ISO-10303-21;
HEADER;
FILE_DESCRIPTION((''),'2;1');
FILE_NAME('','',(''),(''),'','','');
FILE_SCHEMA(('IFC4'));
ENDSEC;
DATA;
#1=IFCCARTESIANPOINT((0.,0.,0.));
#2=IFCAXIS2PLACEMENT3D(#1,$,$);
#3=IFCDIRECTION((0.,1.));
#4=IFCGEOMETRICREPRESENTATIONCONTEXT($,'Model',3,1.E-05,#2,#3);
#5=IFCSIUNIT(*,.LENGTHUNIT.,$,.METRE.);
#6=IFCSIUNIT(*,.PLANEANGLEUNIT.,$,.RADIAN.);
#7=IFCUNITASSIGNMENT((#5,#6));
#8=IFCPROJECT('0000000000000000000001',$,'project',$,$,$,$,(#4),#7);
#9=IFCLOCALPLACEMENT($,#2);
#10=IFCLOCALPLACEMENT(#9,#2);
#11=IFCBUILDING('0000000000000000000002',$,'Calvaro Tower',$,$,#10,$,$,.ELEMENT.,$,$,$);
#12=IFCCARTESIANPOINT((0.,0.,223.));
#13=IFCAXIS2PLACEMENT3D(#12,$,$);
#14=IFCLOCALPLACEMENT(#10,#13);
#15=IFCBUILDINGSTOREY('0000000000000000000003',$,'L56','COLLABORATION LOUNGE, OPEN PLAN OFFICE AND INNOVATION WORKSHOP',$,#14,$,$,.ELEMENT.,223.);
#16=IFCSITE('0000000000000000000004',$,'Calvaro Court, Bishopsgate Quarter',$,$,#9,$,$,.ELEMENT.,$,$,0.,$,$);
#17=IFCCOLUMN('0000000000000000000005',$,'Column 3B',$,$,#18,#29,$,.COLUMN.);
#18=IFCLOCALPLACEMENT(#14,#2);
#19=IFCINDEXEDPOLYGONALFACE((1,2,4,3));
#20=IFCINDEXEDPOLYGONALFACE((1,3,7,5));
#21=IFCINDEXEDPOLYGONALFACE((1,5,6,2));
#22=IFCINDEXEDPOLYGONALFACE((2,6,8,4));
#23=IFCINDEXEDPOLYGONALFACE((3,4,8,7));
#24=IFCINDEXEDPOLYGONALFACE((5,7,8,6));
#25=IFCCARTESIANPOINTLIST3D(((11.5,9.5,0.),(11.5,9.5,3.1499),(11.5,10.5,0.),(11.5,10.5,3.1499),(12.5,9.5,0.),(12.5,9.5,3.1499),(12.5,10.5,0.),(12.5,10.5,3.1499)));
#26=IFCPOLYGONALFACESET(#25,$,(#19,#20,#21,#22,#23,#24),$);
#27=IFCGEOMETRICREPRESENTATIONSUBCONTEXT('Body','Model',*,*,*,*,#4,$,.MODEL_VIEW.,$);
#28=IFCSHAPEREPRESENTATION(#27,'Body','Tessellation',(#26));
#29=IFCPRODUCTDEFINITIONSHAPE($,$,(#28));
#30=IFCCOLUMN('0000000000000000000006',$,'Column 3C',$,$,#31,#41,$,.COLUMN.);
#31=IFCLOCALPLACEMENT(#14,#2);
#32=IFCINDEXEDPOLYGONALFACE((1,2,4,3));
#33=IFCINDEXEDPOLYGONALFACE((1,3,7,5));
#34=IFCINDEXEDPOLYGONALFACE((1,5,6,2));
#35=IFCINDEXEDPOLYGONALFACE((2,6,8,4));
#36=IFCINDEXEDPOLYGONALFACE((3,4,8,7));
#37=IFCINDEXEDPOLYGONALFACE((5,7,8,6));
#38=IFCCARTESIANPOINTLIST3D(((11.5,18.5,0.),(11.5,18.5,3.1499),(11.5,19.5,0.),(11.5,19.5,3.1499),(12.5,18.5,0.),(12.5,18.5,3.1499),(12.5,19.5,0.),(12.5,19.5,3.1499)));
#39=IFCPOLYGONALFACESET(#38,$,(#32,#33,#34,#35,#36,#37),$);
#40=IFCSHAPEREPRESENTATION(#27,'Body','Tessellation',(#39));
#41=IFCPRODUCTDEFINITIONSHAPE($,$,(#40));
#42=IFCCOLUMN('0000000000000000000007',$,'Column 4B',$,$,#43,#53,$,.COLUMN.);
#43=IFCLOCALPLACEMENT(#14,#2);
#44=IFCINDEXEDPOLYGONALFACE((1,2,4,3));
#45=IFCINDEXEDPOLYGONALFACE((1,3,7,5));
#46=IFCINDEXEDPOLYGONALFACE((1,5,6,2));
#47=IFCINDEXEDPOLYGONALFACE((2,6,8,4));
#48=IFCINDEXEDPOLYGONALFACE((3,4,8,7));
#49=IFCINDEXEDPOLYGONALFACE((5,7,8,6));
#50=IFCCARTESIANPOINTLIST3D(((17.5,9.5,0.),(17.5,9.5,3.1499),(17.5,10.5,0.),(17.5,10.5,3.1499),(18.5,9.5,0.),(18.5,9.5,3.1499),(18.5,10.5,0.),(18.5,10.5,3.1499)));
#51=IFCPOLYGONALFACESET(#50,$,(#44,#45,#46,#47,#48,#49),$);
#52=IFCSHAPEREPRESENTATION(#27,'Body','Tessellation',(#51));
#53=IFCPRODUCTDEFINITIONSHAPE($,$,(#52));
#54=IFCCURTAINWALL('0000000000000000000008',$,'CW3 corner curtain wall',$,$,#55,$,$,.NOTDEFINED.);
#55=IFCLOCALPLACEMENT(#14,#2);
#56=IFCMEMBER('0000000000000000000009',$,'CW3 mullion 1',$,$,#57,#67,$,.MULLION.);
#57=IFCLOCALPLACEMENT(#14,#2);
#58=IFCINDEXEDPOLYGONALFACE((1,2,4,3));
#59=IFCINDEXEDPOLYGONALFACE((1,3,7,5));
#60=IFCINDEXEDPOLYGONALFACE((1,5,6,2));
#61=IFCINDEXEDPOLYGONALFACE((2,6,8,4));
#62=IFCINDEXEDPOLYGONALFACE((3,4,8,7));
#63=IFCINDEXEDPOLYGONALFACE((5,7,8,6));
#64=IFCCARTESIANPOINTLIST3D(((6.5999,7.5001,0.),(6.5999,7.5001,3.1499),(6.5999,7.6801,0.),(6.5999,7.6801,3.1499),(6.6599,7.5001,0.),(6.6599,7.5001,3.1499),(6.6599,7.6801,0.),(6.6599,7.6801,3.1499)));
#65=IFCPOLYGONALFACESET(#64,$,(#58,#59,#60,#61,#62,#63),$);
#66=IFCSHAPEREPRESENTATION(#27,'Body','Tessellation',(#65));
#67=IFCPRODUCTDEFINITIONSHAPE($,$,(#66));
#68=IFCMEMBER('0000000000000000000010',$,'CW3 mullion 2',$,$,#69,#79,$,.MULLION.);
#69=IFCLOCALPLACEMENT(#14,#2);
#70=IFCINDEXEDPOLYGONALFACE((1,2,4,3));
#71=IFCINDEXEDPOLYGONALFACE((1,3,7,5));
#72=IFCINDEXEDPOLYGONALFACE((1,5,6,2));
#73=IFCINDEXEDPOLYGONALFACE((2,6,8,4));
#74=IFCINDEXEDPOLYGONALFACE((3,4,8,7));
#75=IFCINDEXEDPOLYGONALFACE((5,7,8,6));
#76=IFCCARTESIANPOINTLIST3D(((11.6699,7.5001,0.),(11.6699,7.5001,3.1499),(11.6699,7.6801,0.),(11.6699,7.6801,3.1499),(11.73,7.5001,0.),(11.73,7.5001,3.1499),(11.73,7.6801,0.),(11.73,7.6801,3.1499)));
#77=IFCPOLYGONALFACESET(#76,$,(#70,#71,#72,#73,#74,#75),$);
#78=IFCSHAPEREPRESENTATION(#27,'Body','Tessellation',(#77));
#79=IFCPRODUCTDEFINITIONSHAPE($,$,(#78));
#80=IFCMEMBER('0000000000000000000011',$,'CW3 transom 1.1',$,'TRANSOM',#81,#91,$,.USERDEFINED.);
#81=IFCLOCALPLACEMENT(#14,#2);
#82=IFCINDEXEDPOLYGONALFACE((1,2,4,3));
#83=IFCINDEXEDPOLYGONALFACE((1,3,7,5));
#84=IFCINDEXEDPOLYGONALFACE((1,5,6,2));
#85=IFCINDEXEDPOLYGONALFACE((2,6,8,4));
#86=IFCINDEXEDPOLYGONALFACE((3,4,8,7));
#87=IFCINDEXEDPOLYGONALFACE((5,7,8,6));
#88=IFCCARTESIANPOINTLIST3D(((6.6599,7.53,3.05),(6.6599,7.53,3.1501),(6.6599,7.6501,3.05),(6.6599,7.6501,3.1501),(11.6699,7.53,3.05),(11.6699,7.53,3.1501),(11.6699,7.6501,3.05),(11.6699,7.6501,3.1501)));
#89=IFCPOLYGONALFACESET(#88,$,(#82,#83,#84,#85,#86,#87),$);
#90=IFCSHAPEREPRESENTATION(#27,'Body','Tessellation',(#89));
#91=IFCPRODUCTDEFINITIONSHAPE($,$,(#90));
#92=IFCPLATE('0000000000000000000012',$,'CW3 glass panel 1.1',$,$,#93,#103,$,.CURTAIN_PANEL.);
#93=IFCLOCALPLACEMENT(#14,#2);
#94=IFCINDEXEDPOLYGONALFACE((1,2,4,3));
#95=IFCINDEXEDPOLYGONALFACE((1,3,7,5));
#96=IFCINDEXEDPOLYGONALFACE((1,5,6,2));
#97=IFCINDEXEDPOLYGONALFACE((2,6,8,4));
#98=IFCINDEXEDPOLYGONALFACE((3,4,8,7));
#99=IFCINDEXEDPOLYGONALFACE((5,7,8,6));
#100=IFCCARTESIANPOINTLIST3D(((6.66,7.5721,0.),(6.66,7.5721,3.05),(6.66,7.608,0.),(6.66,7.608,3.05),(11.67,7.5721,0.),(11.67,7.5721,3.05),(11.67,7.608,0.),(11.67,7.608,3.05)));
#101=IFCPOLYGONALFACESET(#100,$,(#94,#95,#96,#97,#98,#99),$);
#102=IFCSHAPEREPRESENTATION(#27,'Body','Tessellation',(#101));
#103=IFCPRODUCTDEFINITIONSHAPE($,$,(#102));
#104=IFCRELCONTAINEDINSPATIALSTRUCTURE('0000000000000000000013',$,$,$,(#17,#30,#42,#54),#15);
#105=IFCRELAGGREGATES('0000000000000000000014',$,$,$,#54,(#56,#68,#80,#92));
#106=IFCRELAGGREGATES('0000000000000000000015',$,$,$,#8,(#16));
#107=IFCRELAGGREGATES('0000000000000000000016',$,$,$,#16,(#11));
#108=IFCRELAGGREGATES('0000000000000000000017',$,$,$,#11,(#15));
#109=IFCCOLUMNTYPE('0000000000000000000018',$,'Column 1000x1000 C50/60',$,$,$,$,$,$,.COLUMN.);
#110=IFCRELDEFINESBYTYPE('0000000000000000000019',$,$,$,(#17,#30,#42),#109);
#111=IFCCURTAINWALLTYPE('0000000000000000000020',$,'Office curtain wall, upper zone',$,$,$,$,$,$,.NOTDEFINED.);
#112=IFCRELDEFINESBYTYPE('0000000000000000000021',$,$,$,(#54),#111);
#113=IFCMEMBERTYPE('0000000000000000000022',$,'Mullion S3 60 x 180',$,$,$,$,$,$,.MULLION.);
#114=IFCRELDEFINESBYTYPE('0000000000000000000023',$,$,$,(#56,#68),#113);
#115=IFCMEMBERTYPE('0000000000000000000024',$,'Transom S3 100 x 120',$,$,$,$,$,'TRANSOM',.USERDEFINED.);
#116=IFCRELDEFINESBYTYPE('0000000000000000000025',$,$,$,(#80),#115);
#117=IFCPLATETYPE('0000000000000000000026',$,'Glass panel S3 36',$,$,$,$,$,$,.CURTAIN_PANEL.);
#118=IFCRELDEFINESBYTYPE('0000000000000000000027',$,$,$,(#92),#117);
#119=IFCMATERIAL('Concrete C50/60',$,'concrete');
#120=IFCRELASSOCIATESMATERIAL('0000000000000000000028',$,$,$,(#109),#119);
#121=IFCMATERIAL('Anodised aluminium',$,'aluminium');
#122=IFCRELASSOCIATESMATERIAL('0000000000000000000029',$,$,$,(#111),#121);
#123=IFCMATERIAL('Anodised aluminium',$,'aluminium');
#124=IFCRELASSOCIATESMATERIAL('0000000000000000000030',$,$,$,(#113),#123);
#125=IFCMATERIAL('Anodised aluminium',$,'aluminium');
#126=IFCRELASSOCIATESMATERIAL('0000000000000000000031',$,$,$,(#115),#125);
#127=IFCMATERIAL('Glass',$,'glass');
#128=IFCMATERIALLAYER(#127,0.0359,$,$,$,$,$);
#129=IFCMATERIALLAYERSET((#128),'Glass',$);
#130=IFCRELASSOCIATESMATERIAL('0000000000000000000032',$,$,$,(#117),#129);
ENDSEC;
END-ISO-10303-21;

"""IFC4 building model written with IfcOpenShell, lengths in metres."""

from ifc_helpers import new_model, si_unit, direction, frame, origin, origin_2d, place, context, subcontext, project, spatial, rectangle, extrude, material, layer, layer_set, material_profile, profile_set, type_object, element, aggregate, save


model = new_model("IFC4")

# Units and contexts
model_context = context("Model", 3, precision=1e-05, world=origin(), true_north=direction((0.0, 1.0)))
body_context = subcontext(model_context, "Body", "Model", "MODEL_VIEW")
ifc_project = project(units=[si_unit("LENGTHUNIT", "METRE"), si_unit("PLANEANGLEUNIT", "RADIAN")], contexts=[model_context])

# Site, building, storey
site_placement = place(None, origin())
site = spatial("IfcSite", under=ifc_project, at=site_placement, Name="Calvaro Court, Bishopsgate Quarter", CompositionType="ELEMENT", RefElevation=0.0)
building_placement = place(site_placement, origin())
building = spatial("IfcBuilding", under=site, at=building_placement, Name="Calvaro Tower", CompositionType="ELEMENT")
storey_placement = place(building_placement, frame((0.0, 0.0, 223.0)))
storey = spatial("IfcBuildingStorey", under=building, at=storey_placement, Name="L56", Description="COLLABORATION LOUNGE, OPEN PLAN OFFICE AND INNOVATION WORKSHOP", CompositionType="ELEMENT", Elevation=223.0)

# Columns
ifc_material_1 = material(Name="Concrete C50/60", Category="concrete")
ifc_material_profile_1 = material_profile(ifc_material_1, rectangle(XDim=1.0, YDim=1.0, at=origin_2d()), Name="RC 1000x1000")
ifc_profile_set_1 = profile_set([ifc_material_profile_1], Name="Concrete C50/60")
column_type = type_object("IfcColumnType", Name="Column 1000x1000 C50/60", PredefinedType="COLUMN", material=ifc_profile_set_1)
for number, where, z_axis, x_axis, name in (
    (1, (12.0, 10.0, 0.0), (0.0, 0.0, 1.0), (1.0, 0.0, 0.0), "Column 3B"),
    (2, (12.0, 19.0, 0.0), (0.0, 0.0, 1.0), (1.0, 0.0, 0.0), "Column 3C"),
    (3, (18.0, 10.0, 0.0), (0.0, 0.0, 1.0), (1.0, 0.0, 0.0), "Column 4B"),
):
    element("IfcColumn", number, at=place(storey_placement, frame(where, z_axis=z_axis, x_axis=x_axis)), inside=storey, type_object=column_type, Name=name, PredefinedType="COLUMN", context=body_context, shape_type="SweptSolid", body=[
        extrude(rectangle(XDim=1.0, YDim=1.0, at=origin_2d()), origin(), (0.0, 0.0, 1.0), 3.1499),
    ])

# Curtain wall, members, plate
ifc_material_2 = material(Name="Anodised aluminium", Category="aluminium")
curtain_wall_type = type_object("IfcCurtainWallType", Name="Office curtain wall, upper zone", PredefinedType="NOTDEFINED", material=ifc_material_2)
curtain_wall_placement = place(storey_placement, origin())
curtain_wall = element("IfcCurtainWall", 4, at=curtain_wall_placement, inside=storey, type_object=curtain_wall_type, Name="CW3 corner curtain wall", PredefinedType="NOTDEFINED")
ifc_material_3 = material(Name="Anodised aluminium", Category="aluminium")
ifc_material_profile_2 = material_profile(ifc_material_3, rectangle(XDim=0.1799, YDim=0.0601, at=origin_2d()), Name="Mullion S3 60 x 180")
ifc_profile_set_2 = profile_set([ifc_material_profile_2], Name="Anodised aluminium")
member_type_1 = type_object("IfcMemberType", Name="Mullion S3 60 x 180", PredefinedType="MULLION", material=ifc_profile_set_2)
member_1_placement = place(storey_placement, frame((6.6299, 7.5901, 0.0), z_axis=(0.0, 0.0, 1.0), x_axis=(0.0, 1.0, 0.0)))
member_1 = element("IfcMember", 5, at=member_1_placement, type_object=member_type_1, Name="CW3 mullion 1", PredefinedType="MULLION", context=body_context, shape_type="SweptSolid", body=[
    extrude(rectangle(XDim=0.1799, YDim=0.0601, at=origin_2d()), origin(), (0.0, 0.0, 1.0), 3.1499),
])
member_2_placement = place(storey_placement, frame((11.7, 7.5901, 0.0), z_axis=(0.0, 0.0, 1.0), x_axis=(0.0, 1.0, 0.0)))
member_2 = element("IfcMember", 6, at=member_2_placement, type_object=member_type_1, Name="CW3 mullion 2", PredefinedType="MULLION", context=body_context, shape_type="SweptSolid", body=[
    extrude(rectangle(XDim=0.1799, YDim=0.0601, at=origin_2d()), origin(), (0.0, 0.0, 1.0), 3.1499),
])
ifc_material_4 = material(Name="Anodised aluminium", Category="aluminium")
ifc_material_profile_3 = material_profile(ifc_material_4, rectangle(XDim=0.1201, YDim=0.1001, at=origin_2d()), Name="Transom S3 100 x 120")
ifc_profile_set_3 = profile_set([ifc_material_profile_3], Name="Anodised aluminium")
member_type_2 = type_object("IfcMemberType", Name="Transom S3 100 x 120", ElementType="TRANSOM", PredefinedType="USERDEFINED", material=ifc_profile_set_3)
member_3_placement = place(storey_placement, frame((6.6599, 7.5901, 3.1001), z_axis=(1.0, 0.0, 0.0), x_axis=(0.0, 1.0, 0.0)))
member_3 = element("IfcMember", 7, at=member_3_placement, type_object=member_type_2, Name="CW3 transom 1.1", ObjectType="TRANSOM", PredefinedType="USERDEFINED", context=body_context, shape_type="SweptSolid", body=[
    extrude(rectangle(XDim=0.1201, YDim=0.1001, at=origin_2d()), origin(), (0.0, 0.0, 1.0), 5.01),
])
ifc_material_5 = material(Name="Glass", Category="glass")
ifc_layer_1 = layer(ifc_material_5, 0.0359)
ifc_layer_set_1 = layer_set([ifc_layer_1], Name="Glass")
plate_type = type_object("IfcPlateType", Name="Glass panel S3 36", PredefinedType="CURTAIN_PANEL", material=ifc_layer_set_1)
plate_placement = place(storey_placement, frame((9.165, 7.5901, 0.0), z_axis=(0.0, 0.0, 1.0), x_axis=(1.0, 0.0, 0.0)))
plate = element("IfcPlate", 8, at=plate_placement, type_object=plate_type, Name="CW3 glass panel 1.1", PredefinedType="CURTAIN_PANEL", context=body_context, shape_type="SweptSolid", body=[
    extrude(rectangle(XDim=5.01, YDim=0.0359, at=origin_2d()), origin(), (0.0, 0.0, 1.0), 3.05),
])
aggregate(curtain_wall, [member_1, member_2, member_3, plate])

save(model, "model.ifc")
